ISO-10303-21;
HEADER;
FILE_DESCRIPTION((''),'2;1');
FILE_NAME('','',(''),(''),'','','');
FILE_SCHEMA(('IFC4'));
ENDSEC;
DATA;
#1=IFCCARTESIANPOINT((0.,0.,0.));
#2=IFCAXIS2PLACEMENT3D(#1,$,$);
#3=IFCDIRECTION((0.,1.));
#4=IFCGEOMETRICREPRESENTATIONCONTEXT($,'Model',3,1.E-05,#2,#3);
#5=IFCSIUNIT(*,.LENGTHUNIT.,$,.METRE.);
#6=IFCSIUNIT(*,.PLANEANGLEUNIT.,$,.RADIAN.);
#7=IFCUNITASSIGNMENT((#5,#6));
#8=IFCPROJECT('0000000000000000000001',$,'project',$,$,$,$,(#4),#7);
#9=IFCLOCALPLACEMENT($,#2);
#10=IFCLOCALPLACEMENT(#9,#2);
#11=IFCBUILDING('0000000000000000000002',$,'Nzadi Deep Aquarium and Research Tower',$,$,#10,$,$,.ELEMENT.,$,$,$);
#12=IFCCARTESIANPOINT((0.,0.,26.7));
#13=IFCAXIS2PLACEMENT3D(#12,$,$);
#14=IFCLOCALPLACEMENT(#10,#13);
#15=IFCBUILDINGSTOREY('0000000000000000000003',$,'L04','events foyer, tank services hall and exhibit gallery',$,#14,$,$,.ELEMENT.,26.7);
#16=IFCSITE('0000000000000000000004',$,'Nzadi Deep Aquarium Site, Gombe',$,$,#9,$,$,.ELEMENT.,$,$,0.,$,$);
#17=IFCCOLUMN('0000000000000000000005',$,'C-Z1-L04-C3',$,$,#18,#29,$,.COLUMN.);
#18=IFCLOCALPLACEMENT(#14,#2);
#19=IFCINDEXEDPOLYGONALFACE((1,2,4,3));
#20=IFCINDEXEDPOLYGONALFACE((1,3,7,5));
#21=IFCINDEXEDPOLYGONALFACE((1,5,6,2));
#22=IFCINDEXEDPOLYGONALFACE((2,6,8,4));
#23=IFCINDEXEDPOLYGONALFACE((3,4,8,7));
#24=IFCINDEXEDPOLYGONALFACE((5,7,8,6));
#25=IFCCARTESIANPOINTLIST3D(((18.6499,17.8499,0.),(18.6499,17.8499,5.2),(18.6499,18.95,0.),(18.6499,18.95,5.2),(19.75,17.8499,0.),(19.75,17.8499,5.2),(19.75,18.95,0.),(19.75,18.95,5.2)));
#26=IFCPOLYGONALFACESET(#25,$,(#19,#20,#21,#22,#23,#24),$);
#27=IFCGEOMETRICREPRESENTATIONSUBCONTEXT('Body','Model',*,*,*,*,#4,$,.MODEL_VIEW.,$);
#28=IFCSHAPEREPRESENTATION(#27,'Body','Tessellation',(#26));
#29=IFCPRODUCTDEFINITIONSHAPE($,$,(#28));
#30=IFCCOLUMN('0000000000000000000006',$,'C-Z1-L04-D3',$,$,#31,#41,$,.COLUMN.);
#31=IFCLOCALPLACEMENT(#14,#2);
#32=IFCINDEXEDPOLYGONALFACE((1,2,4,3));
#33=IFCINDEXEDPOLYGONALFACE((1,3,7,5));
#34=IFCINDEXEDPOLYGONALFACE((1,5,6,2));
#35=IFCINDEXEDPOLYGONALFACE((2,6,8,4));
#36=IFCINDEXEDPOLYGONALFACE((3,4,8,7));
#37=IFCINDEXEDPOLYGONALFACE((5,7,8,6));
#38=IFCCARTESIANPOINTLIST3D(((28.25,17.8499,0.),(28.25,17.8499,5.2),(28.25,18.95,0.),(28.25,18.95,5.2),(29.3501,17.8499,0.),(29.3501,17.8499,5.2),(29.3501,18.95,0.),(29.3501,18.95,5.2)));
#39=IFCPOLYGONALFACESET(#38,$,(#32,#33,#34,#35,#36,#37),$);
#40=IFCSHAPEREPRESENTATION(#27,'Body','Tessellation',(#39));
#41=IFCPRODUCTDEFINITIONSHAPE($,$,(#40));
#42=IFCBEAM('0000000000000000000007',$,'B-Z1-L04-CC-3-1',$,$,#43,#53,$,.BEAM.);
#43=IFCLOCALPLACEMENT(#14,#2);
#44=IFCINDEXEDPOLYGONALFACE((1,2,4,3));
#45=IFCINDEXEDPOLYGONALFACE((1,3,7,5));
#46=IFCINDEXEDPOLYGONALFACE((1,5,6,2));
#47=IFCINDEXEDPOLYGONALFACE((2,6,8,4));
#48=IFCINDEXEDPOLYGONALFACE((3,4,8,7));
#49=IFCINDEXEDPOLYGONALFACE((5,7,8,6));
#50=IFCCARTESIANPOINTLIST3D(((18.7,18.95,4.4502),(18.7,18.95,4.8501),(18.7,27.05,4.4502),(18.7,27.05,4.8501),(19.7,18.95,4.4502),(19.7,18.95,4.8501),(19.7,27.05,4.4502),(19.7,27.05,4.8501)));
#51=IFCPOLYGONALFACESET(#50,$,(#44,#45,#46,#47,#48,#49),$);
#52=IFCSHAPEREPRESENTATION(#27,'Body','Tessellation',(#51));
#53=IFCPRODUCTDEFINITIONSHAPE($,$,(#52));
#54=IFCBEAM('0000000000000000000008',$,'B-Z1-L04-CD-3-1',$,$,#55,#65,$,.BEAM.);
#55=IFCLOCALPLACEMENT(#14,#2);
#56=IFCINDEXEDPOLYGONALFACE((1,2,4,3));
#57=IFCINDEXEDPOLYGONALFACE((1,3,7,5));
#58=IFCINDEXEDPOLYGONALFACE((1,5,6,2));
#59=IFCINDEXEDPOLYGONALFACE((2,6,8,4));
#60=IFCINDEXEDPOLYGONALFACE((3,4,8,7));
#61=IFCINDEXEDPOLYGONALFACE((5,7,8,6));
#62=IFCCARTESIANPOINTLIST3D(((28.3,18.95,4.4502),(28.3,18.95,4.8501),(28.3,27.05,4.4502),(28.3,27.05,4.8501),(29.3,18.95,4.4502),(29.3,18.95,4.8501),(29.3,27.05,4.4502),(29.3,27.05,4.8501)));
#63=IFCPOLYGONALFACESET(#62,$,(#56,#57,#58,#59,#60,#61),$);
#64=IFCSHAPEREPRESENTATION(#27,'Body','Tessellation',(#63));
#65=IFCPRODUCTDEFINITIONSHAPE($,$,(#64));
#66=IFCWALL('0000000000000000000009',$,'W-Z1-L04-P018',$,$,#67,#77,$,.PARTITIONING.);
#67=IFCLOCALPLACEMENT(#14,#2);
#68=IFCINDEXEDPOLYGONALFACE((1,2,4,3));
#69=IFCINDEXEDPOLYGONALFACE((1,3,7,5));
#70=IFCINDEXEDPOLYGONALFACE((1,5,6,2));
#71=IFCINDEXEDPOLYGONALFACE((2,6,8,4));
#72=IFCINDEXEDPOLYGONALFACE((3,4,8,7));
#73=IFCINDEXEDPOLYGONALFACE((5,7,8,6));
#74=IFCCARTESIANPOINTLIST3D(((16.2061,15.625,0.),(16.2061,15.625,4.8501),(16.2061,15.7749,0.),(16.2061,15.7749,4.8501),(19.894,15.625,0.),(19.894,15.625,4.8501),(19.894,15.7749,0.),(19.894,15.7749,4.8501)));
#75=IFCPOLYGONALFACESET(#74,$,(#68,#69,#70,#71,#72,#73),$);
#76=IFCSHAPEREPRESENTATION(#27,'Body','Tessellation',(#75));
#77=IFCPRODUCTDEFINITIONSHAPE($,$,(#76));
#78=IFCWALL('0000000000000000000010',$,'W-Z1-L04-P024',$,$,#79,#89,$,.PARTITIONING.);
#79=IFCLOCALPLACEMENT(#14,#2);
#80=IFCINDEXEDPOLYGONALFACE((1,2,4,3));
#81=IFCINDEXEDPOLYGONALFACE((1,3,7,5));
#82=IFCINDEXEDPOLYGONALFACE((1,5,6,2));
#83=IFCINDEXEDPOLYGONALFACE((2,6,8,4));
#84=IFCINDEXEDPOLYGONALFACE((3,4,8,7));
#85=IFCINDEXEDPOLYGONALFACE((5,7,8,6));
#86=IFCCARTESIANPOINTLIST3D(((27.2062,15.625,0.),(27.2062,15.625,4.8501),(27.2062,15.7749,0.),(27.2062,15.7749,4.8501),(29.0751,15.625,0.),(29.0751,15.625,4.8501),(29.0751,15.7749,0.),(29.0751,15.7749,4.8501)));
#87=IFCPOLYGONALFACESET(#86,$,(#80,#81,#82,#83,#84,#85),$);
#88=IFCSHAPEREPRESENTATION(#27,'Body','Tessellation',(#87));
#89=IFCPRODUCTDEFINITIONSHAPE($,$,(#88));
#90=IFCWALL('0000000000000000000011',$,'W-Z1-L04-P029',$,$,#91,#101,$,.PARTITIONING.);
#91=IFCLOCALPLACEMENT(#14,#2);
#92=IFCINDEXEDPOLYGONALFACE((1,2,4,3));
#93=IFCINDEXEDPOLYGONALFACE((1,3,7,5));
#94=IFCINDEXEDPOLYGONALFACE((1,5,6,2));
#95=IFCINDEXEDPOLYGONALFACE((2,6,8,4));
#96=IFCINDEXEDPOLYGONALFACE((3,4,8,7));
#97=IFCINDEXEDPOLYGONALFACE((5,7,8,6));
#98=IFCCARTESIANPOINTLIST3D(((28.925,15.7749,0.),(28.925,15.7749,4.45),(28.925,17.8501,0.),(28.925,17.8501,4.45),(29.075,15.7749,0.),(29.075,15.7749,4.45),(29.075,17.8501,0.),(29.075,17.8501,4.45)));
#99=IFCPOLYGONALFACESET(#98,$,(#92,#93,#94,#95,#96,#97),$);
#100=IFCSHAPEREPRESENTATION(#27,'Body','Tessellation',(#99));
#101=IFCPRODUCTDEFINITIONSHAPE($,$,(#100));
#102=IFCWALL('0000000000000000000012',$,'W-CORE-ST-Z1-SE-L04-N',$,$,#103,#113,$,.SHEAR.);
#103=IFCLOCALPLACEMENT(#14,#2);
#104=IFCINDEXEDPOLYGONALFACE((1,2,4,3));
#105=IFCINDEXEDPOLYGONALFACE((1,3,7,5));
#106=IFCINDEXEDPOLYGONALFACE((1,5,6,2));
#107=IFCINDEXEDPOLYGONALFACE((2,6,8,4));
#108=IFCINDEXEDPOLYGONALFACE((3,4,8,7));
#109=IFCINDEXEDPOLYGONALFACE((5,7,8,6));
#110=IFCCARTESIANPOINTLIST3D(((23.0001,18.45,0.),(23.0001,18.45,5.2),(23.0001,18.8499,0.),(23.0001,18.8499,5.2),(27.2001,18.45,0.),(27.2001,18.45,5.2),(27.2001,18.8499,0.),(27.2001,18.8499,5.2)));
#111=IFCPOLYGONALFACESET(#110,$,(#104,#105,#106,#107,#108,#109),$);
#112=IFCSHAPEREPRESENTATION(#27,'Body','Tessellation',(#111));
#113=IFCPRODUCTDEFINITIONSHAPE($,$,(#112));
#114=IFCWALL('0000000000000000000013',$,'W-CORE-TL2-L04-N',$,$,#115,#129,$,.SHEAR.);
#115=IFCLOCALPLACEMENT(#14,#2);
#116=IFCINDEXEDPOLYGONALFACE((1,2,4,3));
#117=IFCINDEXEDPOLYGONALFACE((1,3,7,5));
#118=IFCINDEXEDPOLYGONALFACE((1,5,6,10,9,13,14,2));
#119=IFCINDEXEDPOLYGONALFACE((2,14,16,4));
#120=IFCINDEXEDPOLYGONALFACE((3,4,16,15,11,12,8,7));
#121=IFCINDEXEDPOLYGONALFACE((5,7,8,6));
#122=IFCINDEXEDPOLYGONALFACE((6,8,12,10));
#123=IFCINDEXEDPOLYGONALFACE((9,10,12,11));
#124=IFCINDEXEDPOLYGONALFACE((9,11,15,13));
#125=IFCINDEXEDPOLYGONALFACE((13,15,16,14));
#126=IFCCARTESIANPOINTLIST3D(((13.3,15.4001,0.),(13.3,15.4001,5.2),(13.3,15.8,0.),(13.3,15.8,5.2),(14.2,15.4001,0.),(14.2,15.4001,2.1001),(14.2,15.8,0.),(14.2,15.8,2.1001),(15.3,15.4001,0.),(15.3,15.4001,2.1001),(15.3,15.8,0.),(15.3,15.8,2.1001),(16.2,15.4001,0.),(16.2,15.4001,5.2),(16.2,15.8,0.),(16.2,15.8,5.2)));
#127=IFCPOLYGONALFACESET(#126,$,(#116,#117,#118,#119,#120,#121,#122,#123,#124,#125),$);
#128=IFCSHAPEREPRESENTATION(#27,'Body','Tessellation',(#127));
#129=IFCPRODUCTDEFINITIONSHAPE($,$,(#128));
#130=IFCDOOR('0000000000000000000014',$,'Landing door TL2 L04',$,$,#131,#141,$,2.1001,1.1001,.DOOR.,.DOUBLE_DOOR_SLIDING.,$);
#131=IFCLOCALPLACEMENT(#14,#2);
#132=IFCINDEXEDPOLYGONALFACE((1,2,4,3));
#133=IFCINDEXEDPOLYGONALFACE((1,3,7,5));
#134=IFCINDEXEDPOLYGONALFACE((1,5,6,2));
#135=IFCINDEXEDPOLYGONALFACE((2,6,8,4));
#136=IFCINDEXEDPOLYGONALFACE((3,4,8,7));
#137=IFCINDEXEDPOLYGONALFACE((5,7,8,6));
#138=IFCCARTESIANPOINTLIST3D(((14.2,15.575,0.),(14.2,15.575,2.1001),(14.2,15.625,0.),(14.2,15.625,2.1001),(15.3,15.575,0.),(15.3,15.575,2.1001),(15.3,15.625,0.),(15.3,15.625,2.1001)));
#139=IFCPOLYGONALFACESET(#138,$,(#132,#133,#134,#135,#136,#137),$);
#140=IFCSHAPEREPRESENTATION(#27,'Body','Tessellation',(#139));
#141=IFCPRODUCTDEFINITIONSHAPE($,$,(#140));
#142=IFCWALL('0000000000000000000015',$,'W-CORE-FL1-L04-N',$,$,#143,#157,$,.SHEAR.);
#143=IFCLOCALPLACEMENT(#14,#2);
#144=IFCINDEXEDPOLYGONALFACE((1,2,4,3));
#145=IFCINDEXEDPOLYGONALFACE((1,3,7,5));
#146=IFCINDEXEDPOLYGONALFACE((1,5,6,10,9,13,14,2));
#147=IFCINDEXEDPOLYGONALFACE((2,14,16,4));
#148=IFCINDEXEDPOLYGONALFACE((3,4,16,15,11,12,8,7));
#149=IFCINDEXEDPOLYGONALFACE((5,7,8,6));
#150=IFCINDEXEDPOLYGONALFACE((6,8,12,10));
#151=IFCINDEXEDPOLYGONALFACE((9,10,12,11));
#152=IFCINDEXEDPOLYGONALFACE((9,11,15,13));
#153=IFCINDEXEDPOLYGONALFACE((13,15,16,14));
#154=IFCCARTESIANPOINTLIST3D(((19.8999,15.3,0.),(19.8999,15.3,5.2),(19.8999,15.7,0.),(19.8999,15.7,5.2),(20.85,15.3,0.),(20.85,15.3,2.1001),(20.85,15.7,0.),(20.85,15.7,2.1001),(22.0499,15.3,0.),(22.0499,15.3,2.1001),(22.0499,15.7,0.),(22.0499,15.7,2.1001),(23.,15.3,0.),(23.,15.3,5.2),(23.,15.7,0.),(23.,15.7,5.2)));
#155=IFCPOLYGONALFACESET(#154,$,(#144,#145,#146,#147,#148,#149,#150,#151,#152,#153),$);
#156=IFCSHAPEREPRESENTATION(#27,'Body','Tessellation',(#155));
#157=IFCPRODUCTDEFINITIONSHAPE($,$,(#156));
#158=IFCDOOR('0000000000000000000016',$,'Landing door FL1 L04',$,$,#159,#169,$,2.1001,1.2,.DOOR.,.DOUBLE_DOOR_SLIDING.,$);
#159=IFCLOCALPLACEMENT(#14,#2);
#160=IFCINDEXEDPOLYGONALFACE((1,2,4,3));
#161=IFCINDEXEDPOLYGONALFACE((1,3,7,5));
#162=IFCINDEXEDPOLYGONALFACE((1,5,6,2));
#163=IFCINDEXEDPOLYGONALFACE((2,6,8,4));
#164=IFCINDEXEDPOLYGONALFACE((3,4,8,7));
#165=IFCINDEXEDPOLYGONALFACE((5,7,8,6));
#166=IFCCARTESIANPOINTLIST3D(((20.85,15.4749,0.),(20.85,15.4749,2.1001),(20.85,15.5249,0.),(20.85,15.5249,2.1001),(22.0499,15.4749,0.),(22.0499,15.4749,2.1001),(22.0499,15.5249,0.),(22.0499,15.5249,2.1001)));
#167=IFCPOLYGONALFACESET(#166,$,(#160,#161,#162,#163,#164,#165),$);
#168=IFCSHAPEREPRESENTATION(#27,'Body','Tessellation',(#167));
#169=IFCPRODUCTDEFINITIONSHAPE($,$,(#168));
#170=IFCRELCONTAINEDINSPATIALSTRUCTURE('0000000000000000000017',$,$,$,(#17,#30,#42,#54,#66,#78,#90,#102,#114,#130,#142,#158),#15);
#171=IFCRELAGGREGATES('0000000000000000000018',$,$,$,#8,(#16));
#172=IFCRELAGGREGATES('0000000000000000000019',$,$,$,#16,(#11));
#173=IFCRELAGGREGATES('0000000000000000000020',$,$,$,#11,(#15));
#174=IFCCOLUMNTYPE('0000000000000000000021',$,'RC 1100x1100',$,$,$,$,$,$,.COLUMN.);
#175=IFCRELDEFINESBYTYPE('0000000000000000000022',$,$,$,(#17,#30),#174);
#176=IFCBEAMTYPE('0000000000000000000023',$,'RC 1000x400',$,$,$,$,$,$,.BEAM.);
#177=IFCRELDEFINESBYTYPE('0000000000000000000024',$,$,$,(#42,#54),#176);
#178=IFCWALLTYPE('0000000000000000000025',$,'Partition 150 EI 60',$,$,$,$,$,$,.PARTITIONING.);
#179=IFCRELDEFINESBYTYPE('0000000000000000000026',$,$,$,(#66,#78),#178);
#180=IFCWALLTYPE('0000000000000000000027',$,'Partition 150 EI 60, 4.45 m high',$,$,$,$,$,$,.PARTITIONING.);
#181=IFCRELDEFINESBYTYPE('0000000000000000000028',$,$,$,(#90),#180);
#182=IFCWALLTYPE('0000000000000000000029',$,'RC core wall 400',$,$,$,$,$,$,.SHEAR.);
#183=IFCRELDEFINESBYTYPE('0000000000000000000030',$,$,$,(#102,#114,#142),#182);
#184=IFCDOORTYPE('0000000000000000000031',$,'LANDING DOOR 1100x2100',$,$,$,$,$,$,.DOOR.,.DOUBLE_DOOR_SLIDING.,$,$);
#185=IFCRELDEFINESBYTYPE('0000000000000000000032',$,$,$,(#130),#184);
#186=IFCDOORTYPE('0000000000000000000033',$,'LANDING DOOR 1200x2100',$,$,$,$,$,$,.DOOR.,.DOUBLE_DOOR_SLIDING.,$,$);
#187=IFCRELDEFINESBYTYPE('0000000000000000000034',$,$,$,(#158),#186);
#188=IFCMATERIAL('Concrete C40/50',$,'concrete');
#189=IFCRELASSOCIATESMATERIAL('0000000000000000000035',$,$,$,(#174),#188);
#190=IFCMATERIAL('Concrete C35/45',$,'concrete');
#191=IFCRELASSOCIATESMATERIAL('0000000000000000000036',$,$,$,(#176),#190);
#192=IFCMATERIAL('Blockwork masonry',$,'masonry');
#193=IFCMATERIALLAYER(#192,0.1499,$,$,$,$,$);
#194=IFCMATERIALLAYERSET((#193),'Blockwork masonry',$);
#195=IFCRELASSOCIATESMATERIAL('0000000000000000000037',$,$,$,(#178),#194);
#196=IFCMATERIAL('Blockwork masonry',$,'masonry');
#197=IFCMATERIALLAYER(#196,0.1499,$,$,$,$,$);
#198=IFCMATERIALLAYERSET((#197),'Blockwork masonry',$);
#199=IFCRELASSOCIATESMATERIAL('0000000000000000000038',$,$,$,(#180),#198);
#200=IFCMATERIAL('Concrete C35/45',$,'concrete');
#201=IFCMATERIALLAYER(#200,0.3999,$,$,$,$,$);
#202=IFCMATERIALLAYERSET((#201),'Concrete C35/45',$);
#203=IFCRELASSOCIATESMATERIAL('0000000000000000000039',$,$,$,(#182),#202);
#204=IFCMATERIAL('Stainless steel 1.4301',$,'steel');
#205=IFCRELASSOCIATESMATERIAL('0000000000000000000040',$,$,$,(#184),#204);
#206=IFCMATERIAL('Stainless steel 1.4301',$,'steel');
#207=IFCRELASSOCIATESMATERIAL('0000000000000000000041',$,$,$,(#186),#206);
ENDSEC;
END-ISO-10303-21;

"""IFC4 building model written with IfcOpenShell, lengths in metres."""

from ifc_helpers import new_model, si_unit, direction, frame, frame_2d, origin, origin_2d, place, context, subcontext, project, spatial, rectangle, extrude, material, layer, layer_set, material_profile, profile_set, type_object, element, fill, save


model = new_model("IFC4")

# Units and contexts
model_context = context("Model", 3, precision=1e-05, world=origin(), true_north=direction((0.0, 1.0)))
body_context = subcontext(model_context, "Body", "Model", "MODEL_VIEW")
ifc_project = project(units=[si_unit("LENGTHUNIT", "METRE"), si_unit("PLANEANGLEUNIT", "RADIAN")], contexts=[model_context])

# Site, building, storey
site_placement = place(None, origin())
site = spatial("IfcSite", under=ifc_project, at=site_placement, Name="Nzadi Deep Aquarium Site, Gombe", CompositionType="ELEMENT", RefElevation=0.0)
building_placement = place(site_placement, origin())
building = spatial("IfcBuilding", under=site, at=building_placement, Name="Nzadi Deep Aquarium and Research Tower", CompositionType="ELEMENT")
storey_placement = place(building_placement, frame((0.0, 0.0, 26.7)))
storey = spatial("IfcBuildingStorey", under=building, at=storey_placement, Name="L04", Description="events foyer, tank services hall and exhibit gallery", CompositionType="ELEMENT", Elevation=26.7)

# Columns
ifc_material_1 = material(Name="Concrete C40/50", Category="concrete")
ifc_material_profile_1 = material_profile(ifc_material_1, rectangle(XDim=1.1001, YDim=1.1001, at=origin_2d()))
ifc_profile_set_1 = profile_set([ifc_material_profile_1], Name="Concrete C40/50")
column_type = type_object("IfcColumnType", Name="RC 1100x1100", PredefinedType="COLUMN", material=ifc_profile_set_1)
for number, where, z_axis, x_axis, name in (
    (1, (19.2, 18.3999, 0.0), (0.0, 0.0, 1.0), (1.0, 0.0, 0.0), "C-Z1-L04-C3"),
    (2, (28.8, 18.3999, 0.0), (0.0, 0.0, 1.0), (1.0, 0.0, 0.0), "C-Z1-L04-D3"),
):
    element("IfcColumn", number, at=place(storey_placement, frame(where, z_axis=z_axis, x_axis=x_axis)), inside=storey, type_object=column_type, Name=name, PredefinedType="COLUMN", context=body_context, shape_type="SweptSolid", body=[
        extrude(rectangle(XDim=1.1001, YDim=1.1001, at=origin_2d()), origin(), (0.0, 0.0, 1.0), 5.2),
    ])

# Beams
ifc_material_2 = material(Name="Concrete C35/45", Category="concrete")
ifc_material_profile_2 = material_profile(ifc_material_2, rectangle(XDim=1.0, YDim=0.3999, at=origin_2d()))
ifc_profile_set_2 = profile_set([ifc_material_profile_2], Name="Concrete C35/45")
beam_type = type_object("IfcBeamType", Name="RC 1000x400", PredefinedType="BEAM", material=ifc_profile_set_2)
for number, where, z_axis, x_axis, name in (
    (3, (19.2, 18.95, 4.6501), (0.0, 1.0, 0.0), (-1.0, 0.0, 0.0), "B-Z1-L04-CC-3-1"),
    (4, (28.8, 18.95, 4.6501), (0.0, 1.0, 0.0), (-1.0, 0.0, 0.0), "B-Z1-L04-CD-3-1"),
):
    element("IfcBeam", number, at=place(storey_placement, frame(where, z_axis=z_axis, x_axis=x_axis)), inside=storey, type_object=beam_type, Name=name, PredefinedType="BEAM", context=body_context, shape_type="SweptSolid", body=[
        extrude(rectangle(XDim=1.0, YDim=0.3999, at=origin_2d()), origin(), (0.0, 0.0, 1.0), 8.1001),
    ])

# Walls
ifc_material_3 = material(Name="Blockwork masonry", Category="masonry")
ifc_layer_1 = layer(ifc_material_3, 0.1499)
ifc_layer_set_1 = layer_set([ifc_layer_1], Name="Blockwork masonry")
wall_type_1 = type_object("IfcWallType", Name="Partition 150 EI 60", PredefinedType="PARTITIONING", material=ifc_layer_set_1)
wall_1_placement = place(storey_placement, frame((16.2061, 15.7, 0.0), z_axis=(0.0, 0.0, 1.0), x_axis=(1.0, 0.0, 0.0)))
element("IfcWall", 5, at=wall_1_placement, inside=storey, type_object=wall_type_1, Name="W-Z1-L04-P018", PredefinedType="PARTITIONING", context=body_context, shape_type="SweptSolid", body=[
    extrude(rectangle(XDim=3.688, YDim=0.1499, at=frame_2d((1.844, 0.0))), origin(), (0.0, 0.0, 1.0), 4.8501),
])
wall_2_placement = place(storey_placement, frame((27.2061, 15.7, 0.0), z_axis=(0.0, 0.0, 1.0), x_axis=(1.0, 0.0, 0.0)))
element("IfcWall", 6, at=wall_2_placement, inside=storey, type_object=wall_type_1, Name="W-Z1-L04-P024", PredefinedType="PARTITIONING", context=body_context, shape_type="SweptSolid", body=[
    extrude(rectangle(XDim=1.8689, YDim=0.1499, at=frame_2d((0.9346, 0.0))), origin(), (0.0, 0.0, 1.0), 4.8501),
])
ifc_material_4 = material(Name="Blockwork masonry", Category="masonry")
ifc_layer_2 = layer(ifc_material_4, 0.1499)
ifc_layer_set_2 = layer_set([ifc_layer_2], Name="Blockwork masonry")
wall_type_2 = type_object("IfcWallType", Name="Partition 150 EI 60, 4.45 m high", PredefinedType="PARTITIONING", material=ifc_layer_set_2)
wall_3_placement = place(storey_placement, frame((29.0, 15.7749, 0.0), z_axis=(0.0, 0.0, 1.0), x_axis=(0.0, 1.0, 0.0)))
element("IfcWall", 7, at=wall_3_placement, inside=storey, type_object=wall_type_2, Name="W-Z1-L04-P029", PredefinedType="PARTITIONING", context=body_context, shape_type="SweptSolid", body=[
    extrude(rectangle(XDim=2.0752, YDim=0.1499, at=frame_2d((1.0376, 0.0))), origin(), (0.0, 0.0, 1.0), 4.45),
])
ifc_material_5 = material(Name="Concrete C35/45", Category="concrete")
ifc_layer_3 = layer(ifc_material_5, 0.3999)
ifc_layer_set_3 = layer_set([ifc_layer_3], Name="Concrete C35/45")
wall_type_3 = type_object("IfcWallType", Name="RC core wall 400", PredefinedType="SHEAR", material=ifc_layer_set_3)
wall_4_placement = place(storey_placement, frame((23.0, 18.6499, 0.0), z_axis=(0.0, 0.0, 1.0), x_axis=(1.0, 0.0, 0.0)))
element("IfcWall", 8, at=wall_4_placement, inside=storey, type_object=wall_type_3, Name="W-CORE-ST-Z1-SE-L04-N", PredefinedType="SHEAR", context=body_context, shape_type="SweptSolid", body=[
    extrude(rectangle(XDim=4.2, YDim=0.3999, at=frame_2d((2.1001, 0.0))), origin(), (0.0, 0.0, 1.0), 5.2),
])

# Walls, openings, doors
wall_5_placement = place(storey_placement, frame((13.3, 15.6001, 0.0), z_axis=(0.0, 0.0, 1.0), x_axis=(1.0, 0.0, 0.0)))
wall_5 = element("IfcWall", 9, at=wall_5_placement, inside=storey, type_object=wall_type_3, Name="W-CORE-TL2-L04-N", PredefinedType="SHEAR", context=body_context, shape_type="SweptSolid", body=[
    extrude(rectangle(XDim=2.8999, YDim=0.3999, at=frame_2d((1.45, 0.0))), origin(), (0.0, 0.0, 1.0), 5.2),
])
opening_1_placement = place(wall_5_placement, frame((0.8999, 0.0, 0.0)))
opening_1 = element("IfcOpeningElement", 10, at=opening_1_placement, cuts=wall_5, PredefinedType="OPENING", context=body_context, shape_type="SweptSolid", body=[
    extrude(rectangle(XDim=1.1001, YDim=2.1001, at=frame_2d((0.55, 1.05))), frame((0.0, 0.21, 0.0), z_axis=(0.0, -1.0, 0.0), x_axis=(1.0, 0.0, 0.0)), (0.0, 0.0, 1.0), 0.4199),
])
ifc_material_6 = material(Name="Stainless steel 1.4301", Category="steel")
door_type_1 = type_object("IfcDoorType", Name="LANDING DOOR 1100x2100", OperationType="DOUBLE_DOOR_SLIDING", PredefinedType="DOOR", material=ifc_material_6)
door_1_placement = place(opening_1_placement, origin())
door_1 = element("IfcDoor", 11, at=door_1_placement, inside=storey, type_object=door_type_1, Name="Landing door TL2 L04", OperationType="DOUBLE_DOOR_SLIDING", OverallHeight=2.1001, OverallWidth=1.1001, PredefinedType="DOOR", context=body_context, shape_type="SweptSolid", body=[
    extrude(rectangle(XDim=1.1001, YDim=2.1001, at=frame_2d((0.55, 1.05))), frame((0.0, 0.0249, 0.0), z_axis=(0.0, -1.0, 0.0), x_axis=(1.0, 0.0, 0.0)), (0.0, 0.0, 1.0), 0.05),
])
fill(opening_1, door_1)
wall_6_placement = place(storey_placement, frame((19.8999, 15.5, 0.0), z_axis=(0.0, 0.0, 1.0), x_axis=(1.0, 0.0, 0.0)))
wall_6 = element("IfcWall", 12, at=wall_6_placement, inside=storey, type_object=wall_type_3, Name="W-CORE-FL1-L04-N", PredefinedType="SHEAR", context=body_context, shape_type="SweptSolid", body=[
    extrude(rectangle(XDim=3.1001, YDim=0.3999, at=frame_2d((1.55, 0.0))), origin(), (0.0, 0.0, 1.0), 5.2),
])
opening_2_placement = place(wall_6_placement, frame((0.95, 0.0, 0.0)))
opening_2 = element("IfcOpeningElement", 13, at=opening_2_placement, cuts=wall_6, PredefinedType="OPENING", context=body_context, shape_type="SweptSolid", body=[
    extrude(rectangle(XDim=1.2, YDim=2.1001, at=frame_2d((0.6001, 1.05))), frame((0.0, 0.21, 0.0), z_axis=(0.0, -1.0, 0.0), x_axis=(1.0, 0.0, 0.0)), (0.0, 0.0, 1.0), 0.4199),
])
ifc_material_7 = material(Name="Stainless steel 1.4301", Category="steel")
door_type_2 = type_object("IfcDoorType", Name="LANDING DOOR 1200x2100", OperationType="DOUBLE_DOOR_SLIDING", PredefinedType="DOOR", material=ifc_material_7)
door_2_placement = place(opening_2_placement, origin())
door_2 = element("IfcDoor", 14, at=door_2_placement, inside=storey, type_object=door_type_2, Name="Landing door FL1 L04", OperationType="DOUBLE_DOOR_SLIDING", OverallHeight=2.1001, OverallWidth=1.2, PredefinedType="DOOR", context=body_context, shape_type="SweptSolid", body=[
    extrude(rectangle(XDim=1.2, YDim=2.1001, at=frame_2d((0.6001, 1.05))), frame((0.0, 0.0249, 0.0), z_axis=(0.0, -1.0, 0.0), x_axis=(1.0, 0.0, 0.0)), (0.0, 0.0, 1.0), 0.05),
])
fill(opening_2, door_2)

save(model, "model.ifc")
